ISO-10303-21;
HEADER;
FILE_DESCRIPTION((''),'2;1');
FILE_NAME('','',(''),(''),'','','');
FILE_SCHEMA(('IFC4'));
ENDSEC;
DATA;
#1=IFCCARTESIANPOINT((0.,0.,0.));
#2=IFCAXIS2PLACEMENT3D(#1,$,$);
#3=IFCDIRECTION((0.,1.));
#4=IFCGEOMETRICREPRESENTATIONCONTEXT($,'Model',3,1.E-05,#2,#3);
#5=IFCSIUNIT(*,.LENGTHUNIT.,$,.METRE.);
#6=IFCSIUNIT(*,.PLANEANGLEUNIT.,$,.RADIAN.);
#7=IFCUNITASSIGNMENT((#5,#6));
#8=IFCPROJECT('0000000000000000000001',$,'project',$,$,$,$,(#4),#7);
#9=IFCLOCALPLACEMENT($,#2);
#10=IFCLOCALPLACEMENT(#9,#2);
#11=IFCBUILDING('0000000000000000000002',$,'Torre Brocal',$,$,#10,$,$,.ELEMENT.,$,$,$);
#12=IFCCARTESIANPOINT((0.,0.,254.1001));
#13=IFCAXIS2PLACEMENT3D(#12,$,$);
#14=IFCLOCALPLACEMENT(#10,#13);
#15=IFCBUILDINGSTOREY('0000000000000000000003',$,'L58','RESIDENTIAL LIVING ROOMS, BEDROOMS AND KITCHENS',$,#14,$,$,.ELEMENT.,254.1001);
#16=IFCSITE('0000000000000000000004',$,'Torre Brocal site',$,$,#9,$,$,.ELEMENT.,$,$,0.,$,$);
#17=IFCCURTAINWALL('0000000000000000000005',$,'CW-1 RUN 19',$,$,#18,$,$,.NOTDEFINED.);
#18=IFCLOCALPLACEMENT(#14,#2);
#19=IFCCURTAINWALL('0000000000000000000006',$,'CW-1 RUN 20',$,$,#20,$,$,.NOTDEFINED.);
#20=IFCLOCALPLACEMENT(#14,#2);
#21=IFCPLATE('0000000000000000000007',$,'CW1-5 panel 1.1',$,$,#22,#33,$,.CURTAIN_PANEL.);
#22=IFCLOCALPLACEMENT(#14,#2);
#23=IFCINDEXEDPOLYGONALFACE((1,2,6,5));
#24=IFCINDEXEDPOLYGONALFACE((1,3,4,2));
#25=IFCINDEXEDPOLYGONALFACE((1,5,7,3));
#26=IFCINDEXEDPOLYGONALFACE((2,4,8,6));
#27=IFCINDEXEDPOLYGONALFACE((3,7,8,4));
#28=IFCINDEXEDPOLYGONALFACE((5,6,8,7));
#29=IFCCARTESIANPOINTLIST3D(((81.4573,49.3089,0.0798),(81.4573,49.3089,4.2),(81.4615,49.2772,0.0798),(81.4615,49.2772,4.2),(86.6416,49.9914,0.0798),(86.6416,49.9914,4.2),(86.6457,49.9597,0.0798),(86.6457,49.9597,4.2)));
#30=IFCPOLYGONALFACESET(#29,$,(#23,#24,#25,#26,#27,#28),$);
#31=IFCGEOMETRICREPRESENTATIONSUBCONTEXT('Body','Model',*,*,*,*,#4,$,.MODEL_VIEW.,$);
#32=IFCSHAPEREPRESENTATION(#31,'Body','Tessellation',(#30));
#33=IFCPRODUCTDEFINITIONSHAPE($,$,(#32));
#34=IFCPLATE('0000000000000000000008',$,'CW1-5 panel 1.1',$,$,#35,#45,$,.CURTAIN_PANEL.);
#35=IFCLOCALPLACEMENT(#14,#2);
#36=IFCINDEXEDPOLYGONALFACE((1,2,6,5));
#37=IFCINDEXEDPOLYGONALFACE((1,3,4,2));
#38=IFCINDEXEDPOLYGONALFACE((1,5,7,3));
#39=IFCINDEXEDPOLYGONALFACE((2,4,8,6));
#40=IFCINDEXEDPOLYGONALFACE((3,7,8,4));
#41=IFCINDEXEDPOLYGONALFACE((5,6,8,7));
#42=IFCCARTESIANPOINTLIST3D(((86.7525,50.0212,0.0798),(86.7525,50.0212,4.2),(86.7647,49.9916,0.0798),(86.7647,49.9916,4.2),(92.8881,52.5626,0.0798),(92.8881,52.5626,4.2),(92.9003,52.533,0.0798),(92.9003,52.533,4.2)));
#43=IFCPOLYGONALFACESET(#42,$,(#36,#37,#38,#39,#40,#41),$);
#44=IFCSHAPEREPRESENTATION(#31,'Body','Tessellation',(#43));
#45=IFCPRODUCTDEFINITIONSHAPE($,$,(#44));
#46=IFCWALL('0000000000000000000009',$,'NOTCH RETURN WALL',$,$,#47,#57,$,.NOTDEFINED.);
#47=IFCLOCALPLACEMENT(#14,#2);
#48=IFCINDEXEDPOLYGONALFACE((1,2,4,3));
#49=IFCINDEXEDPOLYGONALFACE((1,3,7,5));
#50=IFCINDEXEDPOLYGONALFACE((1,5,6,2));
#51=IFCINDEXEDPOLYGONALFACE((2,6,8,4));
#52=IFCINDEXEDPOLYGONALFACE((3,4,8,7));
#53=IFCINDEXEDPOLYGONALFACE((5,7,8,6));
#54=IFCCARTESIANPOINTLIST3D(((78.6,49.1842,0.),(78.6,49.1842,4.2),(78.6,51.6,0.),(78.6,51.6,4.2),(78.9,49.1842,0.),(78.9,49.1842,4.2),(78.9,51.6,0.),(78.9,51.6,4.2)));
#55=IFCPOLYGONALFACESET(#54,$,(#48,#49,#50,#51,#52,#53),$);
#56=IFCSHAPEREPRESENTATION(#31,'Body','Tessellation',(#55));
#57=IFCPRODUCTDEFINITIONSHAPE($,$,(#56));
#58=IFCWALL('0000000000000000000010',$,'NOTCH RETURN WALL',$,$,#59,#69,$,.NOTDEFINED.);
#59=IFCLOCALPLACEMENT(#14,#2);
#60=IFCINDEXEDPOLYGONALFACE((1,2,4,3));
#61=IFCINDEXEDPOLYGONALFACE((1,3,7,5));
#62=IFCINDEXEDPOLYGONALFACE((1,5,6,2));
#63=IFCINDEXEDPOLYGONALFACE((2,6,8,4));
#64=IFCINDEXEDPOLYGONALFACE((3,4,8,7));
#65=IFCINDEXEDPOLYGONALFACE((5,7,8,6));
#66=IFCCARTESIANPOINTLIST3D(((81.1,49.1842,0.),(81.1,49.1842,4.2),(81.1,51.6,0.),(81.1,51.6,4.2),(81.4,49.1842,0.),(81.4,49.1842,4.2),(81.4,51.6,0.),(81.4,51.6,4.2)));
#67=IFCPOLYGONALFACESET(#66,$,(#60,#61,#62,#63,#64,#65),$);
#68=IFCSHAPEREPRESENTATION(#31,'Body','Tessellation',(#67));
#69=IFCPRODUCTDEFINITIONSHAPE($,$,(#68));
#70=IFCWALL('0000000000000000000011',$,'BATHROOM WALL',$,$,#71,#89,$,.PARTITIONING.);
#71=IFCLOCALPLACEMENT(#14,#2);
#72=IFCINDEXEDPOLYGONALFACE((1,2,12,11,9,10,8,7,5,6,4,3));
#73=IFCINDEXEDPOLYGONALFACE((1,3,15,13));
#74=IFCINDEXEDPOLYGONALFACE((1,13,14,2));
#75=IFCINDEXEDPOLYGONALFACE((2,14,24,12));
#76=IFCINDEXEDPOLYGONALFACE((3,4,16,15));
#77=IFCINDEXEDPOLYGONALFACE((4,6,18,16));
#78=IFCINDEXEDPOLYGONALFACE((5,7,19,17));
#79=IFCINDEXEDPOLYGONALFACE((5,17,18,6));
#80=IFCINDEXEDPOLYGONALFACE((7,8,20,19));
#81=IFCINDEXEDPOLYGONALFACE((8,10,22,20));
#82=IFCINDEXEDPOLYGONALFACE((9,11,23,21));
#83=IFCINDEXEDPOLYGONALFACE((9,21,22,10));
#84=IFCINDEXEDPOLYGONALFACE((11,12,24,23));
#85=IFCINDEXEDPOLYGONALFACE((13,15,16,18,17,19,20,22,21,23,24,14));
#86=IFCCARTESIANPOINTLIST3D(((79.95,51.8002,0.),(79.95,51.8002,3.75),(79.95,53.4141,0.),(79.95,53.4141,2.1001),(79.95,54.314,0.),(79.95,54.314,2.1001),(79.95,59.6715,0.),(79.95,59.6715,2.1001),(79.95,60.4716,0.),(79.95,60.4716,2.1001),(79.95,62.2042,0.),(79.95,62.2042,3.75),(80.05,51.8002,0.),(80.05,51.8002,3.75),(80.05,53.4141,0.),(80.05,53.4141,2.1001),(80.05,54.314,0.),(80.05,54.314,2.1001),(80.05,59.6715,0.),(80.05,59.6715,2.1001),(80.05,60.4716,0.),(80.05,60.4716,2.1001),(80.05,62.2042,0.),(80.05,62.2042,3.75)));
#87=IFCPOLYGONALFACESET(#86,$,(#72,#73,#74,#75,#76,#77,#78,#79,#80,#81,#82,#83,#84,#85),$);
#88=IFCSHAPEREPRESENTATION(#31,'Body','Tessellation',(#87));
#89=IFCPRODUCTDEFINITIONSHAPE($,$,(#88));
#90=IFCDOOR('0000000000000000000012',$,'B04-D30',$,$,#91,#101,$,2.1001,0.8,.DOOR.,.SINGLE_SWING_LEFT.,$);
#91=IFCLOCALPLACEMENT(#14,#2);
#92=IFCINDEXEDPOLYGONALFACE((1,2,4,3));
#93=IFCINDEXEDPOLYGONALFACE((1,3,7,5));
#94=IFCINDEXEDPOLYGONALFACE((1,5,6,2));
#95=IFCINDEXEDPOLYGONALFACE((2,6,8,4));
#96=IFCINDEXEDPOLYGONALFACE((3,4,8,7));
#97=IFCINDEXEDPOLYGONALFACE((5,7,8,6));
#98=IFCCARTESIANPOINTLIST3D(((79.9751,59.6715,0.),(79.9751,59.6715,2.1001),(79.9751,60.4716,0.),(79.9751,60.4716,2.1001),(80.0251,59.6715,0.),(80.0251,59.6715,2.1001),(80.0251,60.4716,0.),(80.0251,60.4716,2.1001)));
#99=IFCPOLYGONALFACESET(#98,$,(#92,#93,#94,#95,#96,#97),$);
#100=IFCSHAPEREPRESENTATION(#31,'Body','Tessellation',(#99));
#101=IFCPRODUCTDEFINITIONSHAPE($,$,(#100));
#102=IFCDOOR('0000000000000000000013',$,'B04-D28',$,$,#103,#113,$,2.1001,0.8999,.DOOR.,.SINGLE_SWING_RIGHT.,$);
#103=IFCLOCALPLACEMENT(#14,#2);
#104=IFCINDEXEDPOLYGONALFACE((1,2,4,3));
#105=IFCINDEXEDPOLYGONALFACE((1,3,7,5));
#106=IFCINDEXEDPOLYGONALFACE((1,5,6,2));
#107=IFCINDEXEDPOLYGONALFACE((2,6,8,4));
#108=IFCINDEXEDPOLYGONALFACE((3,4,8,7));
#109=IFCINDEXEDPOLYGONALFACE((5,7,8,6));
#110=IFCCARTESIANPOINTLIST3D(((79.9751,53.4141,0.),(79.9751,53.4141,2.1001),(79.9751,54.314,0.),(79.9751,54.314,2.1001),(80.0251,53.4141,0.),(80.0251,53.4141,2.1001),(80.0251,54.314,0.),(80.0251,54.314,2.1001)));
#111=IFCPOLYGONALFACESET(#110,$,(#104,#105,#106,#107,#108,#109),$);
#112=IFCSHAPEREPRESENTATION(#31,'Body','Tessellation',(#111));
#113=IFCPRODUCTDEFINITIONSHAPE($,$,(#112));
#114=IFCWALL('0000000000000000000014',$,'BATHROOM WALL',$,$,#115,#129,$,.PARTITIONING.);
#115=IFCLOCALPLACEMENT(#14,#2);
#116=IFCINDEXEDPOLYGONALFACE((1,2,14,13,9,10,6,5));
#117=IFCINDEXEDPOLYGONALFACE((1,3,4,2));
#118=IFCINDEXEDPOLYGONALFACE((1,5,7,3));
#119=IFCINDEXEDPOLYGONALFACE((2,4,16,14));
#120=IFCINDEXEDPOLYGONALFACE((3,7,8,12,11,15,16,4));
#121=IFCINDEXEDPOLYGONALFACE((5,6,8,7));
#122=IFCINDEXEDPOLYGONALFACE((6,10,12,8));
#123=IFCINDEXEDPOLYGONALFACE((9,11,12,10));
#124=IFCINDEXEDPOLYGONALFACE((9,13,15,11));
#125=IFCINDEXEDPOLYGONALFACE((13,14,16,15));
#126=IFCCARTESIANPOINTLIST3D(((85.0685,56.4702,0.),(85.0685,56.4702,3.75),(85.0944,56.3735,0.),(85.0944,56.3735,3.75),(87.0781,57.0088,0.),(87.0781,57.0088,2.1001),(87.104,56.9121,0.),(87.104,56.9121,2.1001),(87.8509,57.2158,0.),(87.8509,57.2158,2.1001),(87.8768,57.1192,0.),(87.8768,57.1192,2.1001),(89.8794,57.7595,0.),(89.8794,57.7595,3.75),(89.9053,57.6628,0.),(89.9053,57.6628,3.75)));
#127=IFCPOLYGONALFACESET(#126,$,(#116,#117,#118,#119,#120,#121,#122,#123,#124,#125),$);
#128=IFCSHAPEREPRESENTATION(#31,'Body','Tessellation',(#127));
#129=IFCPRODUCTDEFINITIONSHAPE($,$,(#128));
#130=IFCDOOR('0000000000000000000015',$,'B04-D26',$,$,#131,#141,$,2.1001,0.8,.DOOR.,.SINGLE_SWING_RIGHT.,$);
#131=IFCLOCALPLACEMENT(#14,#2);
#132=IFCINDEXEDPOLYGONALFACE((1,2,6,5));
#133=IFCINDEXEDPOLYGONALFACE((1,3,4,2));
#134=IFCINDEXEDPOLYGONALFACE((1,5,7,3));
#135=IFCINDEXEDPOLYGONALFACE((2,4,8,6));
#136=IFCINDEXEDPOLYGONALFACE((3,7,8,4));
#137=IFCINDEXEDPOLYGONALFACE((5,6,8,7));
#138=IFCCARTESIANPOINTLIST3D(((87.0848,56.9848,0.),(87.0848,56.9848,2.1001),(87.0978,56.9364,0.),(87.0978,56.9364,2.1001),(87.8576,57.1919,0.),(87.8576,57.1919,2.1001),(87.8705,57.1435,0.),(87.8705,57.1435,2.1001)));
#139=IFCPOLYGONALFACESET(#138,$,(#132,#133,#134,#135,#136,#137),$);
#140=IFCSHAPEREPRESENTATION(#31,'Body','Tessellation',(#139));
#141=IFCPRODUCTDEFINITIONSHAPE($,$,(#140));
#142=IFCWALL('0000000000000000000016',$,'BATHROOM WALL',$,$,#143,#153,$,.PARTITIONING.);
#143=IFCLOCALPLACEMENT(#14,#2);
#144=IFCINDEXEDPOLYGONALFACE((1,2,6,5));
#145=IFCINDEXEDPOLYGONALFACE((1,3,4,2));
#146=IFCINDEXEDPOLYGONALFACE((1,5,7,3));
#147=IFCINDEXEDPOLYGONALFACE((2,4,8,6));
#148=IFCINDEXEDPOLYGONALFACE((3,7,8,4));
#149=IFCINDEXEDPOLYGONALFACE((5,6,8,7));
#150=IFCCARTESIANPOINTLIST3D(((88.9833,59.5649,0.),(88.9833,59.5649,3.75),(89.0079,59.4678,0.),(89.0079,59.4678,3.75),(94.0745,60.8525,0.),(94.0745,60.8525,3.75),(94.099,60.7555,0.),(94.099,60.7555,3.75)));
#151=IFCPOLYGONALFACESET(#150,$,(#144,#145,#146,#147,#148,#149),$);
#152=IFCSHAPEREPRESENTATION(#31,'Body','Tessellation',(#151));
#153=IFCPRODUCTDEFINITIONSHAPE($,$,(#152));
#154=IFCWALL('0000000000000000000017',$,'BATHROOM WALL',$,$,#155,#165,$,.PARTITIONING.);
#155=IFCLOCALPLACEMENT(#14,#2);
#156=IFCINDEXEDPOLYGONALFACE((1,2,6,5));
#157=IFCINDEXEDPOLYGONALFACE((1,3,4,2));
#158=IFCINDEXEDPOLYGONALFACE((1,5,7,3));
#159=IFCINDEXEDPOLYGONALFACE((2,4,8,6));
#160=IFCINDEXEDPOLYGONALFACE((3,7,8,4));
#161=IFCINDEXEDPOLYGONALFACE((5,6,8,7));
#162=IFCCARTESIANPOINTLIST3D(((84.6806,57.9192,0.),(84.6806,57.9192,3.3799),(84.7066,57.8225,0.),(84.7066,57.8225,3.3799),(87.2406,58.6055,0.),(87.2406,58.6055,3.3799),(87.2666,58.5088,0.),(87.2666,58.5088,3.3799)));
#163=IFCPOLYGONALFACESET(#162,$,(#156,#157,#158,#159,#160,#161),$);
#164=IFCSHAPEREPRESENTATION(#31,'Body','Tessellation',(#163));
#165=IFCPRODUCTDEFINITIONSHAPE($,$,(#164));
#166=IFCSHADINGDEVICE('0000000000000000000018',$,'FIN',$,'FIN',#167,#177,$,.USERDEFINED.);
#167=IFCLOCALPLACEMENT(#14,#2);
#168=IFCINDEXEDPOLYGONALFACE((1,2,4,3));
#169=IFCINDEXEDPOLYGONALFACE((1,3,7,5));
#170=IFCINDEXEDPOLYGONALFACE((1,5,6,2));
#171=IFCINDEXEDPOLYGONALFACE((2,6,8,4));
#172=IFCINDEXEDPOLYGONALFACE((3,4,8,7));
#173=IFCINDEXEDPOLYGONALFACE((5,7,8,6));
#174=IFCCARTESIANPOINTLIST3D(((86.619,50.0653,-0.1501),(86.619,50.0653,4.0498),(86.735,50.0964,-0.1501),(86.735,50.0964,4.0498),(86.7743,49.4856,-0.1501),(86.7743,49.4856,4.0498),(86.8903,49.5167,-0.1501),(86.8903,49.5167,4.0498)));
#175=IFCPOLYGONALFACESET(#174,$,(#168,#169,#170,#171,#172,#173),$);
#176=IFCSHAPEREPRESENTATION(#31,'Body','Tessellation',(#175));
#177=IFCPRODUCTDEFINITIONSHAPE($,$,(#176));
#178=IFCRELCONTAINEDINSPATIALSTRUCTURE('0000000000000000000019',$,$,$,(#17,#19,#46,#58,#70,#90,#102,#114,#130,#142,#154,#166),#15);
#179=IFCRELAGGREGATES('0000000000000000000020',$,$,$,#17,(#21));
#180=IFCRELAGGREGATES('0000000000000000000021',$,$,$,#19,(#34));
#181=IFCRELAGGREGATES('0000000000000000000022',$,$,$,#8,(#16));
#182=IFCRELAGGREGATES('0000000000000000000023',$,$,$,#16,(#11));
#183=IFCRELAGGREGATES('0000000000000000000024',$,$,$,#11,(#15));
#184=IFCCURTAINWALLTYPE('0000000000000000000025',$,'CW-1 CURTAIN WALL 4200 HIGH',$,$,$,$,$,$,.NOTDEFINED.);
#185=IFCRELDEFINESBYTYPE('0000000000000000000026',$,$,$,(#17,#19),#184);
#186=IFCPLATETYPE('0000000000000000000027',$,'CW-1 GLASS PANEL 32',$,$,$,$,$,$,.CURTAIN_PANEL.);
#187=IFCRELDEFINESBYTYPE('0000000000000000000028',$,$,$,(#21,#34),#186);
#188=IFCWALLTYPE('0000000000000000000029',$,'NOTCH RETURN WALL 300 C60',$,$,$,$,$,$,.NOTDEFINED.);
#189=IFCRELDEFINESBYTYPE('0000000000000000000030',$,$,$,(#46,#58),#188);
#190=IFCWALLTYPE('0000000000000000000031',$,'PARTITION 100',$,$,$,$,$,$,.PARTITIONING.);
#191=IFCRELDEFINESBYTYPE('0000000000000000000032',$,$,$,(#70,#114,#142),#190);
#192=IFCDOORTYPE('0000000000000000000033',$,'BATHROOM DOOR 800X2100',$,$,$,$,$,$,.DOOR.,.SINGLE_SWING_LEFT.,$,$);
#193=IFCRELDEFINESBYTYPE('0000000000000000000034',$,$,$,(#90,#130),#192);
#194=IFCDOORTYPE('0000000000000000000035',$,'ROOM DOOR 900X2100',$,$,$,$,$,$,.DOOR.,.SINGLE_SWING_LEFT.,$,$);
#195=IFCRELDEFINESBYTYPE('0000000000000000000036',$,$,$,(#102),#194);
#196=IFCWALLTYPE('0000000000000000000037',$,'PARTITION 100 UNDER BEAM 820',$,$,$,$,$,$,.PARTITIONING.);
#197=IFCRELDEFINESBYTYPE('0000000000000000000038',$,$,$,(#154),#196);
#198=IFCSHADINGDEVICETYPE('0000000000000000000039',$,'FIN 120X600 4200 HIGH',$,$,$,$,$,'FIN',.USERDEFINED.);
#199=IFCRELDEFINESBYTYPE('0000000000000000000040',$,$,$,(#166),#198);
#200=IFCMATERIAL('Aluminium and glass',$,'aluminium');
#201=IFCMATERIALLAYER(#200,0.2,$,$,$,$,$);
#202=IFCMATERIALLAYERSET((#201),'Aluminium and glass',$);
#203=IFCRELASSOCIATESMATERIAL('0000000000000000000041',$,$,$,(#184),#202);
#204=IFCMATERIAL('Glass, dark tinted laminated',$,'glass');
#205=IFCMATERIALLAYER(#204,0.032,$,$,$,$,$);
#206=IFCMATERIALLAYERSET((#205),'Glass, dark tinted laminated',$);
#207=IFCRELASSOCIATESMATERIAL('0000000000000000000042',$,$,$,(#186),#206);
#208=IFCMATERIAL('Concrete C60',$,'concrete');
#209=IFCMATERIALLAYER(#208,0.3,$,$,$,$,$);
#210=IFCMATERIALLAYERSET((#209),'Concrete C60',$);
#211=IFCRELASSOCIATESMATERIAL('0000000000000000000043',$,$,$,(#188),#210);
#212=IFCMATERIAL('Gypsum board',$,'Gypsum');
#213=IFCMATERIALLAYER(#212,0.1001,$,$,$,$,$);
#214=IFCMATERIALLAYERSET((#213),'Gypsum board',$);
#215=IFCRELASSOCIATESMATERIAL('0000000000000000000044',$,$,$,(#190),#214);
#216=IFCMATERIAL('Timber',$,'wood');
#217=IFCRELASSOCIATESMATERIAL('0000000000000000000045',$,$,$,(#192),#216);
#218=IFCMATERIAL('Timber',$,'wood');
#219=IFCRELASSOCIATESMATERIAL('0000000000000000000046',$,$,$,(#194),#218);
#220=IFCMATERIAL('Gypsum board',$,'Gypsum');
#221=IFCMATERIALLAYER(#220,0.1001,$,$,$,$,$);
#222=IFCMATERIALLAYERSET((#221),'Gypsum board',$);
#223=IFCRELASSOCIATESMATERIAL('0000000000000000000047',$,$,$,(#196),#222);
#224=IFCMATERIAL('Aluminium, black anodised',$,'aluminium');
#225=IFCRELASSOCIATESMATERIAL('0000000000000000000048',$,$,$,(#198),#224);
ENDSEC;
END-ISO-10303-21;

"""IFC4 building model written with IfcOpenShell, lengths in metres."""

from ifc_helpers import new_model, si_unit, direction, frame, frame_2d, origin, origin_2d, place, context, subcontext, project, spatial, rectangle, extrude, material, layer, layer_set, material_profile, profile_set, type_object, element, fill, aggregate, save


model = new_model("IFC4")

# Units and contexts
model_context = context("Model", 3, precision=1e-05, world=origin(), true_north=direction((0.0, 1.0)))
body_context = subcontext(model_context, "Body", "Model", "MODEL_VIEW")
ifc_project = project(units=[si_unit("LENGTHUNIT", "METRE"), si_unit("PLANEANGLEUNIT", "RADIAN")], contexts=[model_context])

# Site, building, storey
site_placement = place(None, origin())
site = spatial("IfcSite", under=ifc_project, at=site_placement, Name="Torre Brocal site", CompositionType="ELEMENT", RefElevation=0.0)
building_placement = place(site_placement, origin())
building = spatial("IfcBuilding", under=site, at=building_placement, Name="Torre Brocal", CompositionType="ELEMENT")
storey_placement = place(building_placement, frame((0.0, 0.0, 254.1001)))
storey = spatial("IfcBuildingStorey", under=building, at=storey_placement, Name="L58", Description="RESIDENTIAL LIVING ROOMS, BEDROOMS AND KITCHENS", CompositionType="ELEMENT", Elevation=254.1001)

# Curtain wall
ifc_material_1 = material(Name="Aluminium and glass", Category="aluminium")
ifc_layer_1 = layer(ifc_material_1, 0.2)
ifc_layer_set_1 = layer_set([ifc_layer_1], Name="Aluminium and glass")
curtain_wall_type = type_object("IfcCurtainWallType", Name="CW-1 CURTAIN WALL 4200 HIGH", PredefinedType="NOTDEFINED", material=ifc_layer_set_1)
curtain_wall_1_placement = place(storey_placement, origin())
curtain_wall_1 = element("IfcCurtainWall", 1, at=curtain_wall_1_placement, inside=storey, type_object=curtain_wall_type, Name="CW-1 RUN 19", PredefinedType="NOTDEFINED")

# Curtain wall
curtain_wall_2_placement = place(storey_placement, origin())
curtain_wall_2 = element("IfcCurtainWall", 2, at=curtain_wall_2_placement, inside=storey, type_object=curtain_wall_type, Name="CW-1 RUN 20", PredefinedType="NOTDEFINED")

# Plates
ifc_material_2 = material(Name="Glass, dark tinted laminated", Category="glass")
ifc_layer_2 = layer(ifc_material_2, 0.032)
ifc_layer_set_2 = layer_set([ifc_layer_2], Name="Glass, dark tinted laminated")
plate_type = type_object("IfcPlateType", Name="CW-1 GLASS PANEL 32", PredefinedType="CURTAIN_PANEL", material=ifc_layer_set_2)
plate_1_placement = place(storey_placement, frame((84.0515, 49.6343, 0.0798), z_axis=(0.0, 0.0, 1.0), x_axis=(0.991445, 0.130526, 0.0)))
plate_1 = element("IfcPlate", 3, at=plate_1_placement, type_object=plate_type, Name="CW1-5 panel 1.1", PredefinedType="CURTAIN_PANEL", context=body_context, shape_type="SweptSolid", body=[
    extrude(rectangle(XDim=5.229, YDim=0.032, at=origin_2d()), origin(), (0.0, 0.0, 1.0), 4.1201),
])
aggregate(curtain_wall_1, [plate_1])
plate_2_placement = place(storey_placement, frame((89.8264, 51.2771, 0.0798), z_axis=(0.0, 0.0, 1.0), x_axis=(0.92388, 0.382683, 0.0)))
plate_2 = element("IfcPlate", 4, at=plate_2_placement, type_object=plate_type, Name="CW1-5 panel 1.1", PredefinedType="CURTAIN_PANEL", context=body_context, shape_type="SweptSolid", body=[
    extrude(rectangle(XDim=6.6411, YDim=0.032, at=origin_2d()), origin(), (0.0, 0.0, 1.0), 4.1201),
])
aggregate(curtain_wall_2, [plate_2])

# Walls
ifc_material_3 = material(Name="Concrete C60", Category="concrete")
ifc_layer_3 = layer(ifc_material_3, 0.3)
ifc_layer_set_3 = layer_set([ifc_layer_3], Name="Concrete C60")
wall_type_1 = type_object("IfcWallType", Name="NOTCH RETURN WALL 300 C60", PredefinedType="NOTDEFINED", material=ifc_layer_set_3)
for number, where, z_axis, x_axis, name in (
    (5, (78.75, 51.6001, 0.0), (0.0, 0.0, 1.0), (0.0, -1.0, 0.0), "NOTCH RETURN WALL"),
    (6, (81.25, 51.6001, 0.0), (0.0, 0.0, 1.0), (0.0, -1.0, 0.0), "NOTCH RETURN WALL"),
):
    element("IfcWall", number, at=place(storey_placement, frame(where, z_axis=z_axis, x_axis=x_axis)), inside=storey, type_object=wall_type_1, Name=name, PredefinedType="NOTDEFINED", context=body_context, shape_type="SweptSolid", body=[
        extrude(rectangle(XDim=2.4158, YDim=0.3, at=frame_2d((1.208, 0.0))), origin(), (0.0, 0.0, 1.0), 4.2),
    ])

# Wall, openings, doors
ifc_material_4 = material(Name="Gypsum board", Category="Gypsum")
ifc_layer_4 = layer(ifc_material_4, 0.1001)
ifc_layer_set_4 = layer_set([ifc_layer_4], Name="Gypsum board")
wall_type_2 = type_object("IfcWallType", Name="PARTITION 100", PredefinedType="PARTITIONING", material=ifc_layer_set_4)
wall_1_placement = place(storey_placement, frame((80.0, 51.8, 0.0), z_axis=(0.0, 0.0, 1.0), x_axis=(0.0, 1.0, 0.0)))
wall_1 = element("IfcWall", 7, at=wall_1_placement, inside=storey, type_object=wall_type_2, Name="BATHROOM WALL", PredefinedType="PARTITIONING", context=body_context, shape_type="SweptSolid", body=[
    extrude(rectangle(XDim=10.4041, YDim=0.1001, at=frame_2d((5.2021, 0.0))), origin(), (0.0, 0.0, 1.0), 3.75),
])
opening_1_placement = place(wall_1_placement, frame((1.614, 0.0, 0.0)))
opening_1 = element("IfcOpeningElement", 8, at=opening_1_placement, cuts=wall_1, PredefinedType="OPENING", context=body_context, shape_type="SweptSolid", body=[
    extrude(rectangle(XDim=0.8999, YDim=2.1001, at=frame_2d((0.45, 1.05))), frame((0.0, 0.0601, 0.0), z_axis=(0.0, -1.0, 0.0), x_axis=(1.0, 0.0, 0.0)), (0.0, 0.0, 1.0), 0.1201),
])
opening_2_placement = place(wall_1_placement, frame((7.8716, 0.0, 0.0)))
opening_2 = element("IfcOpeningElement", 9, at=opening_2_placement, cuts=wall_1, PredefinedType="OPENING", context=body_context, shape_type="SweptSolid", body=[
    extrude(rectangle(XDim=0.8, YDim=2.1001, at=frame_2d((0.3999, 1.05))), frame((0.0, 0.0601, 0.0), z_axis=(0.0, -1.0, 0.0), x_axis=(1.0, 0.0, 0.0)), (0.0, 0.0, 1.0), 0.1201),
])
ifc_material_5 = material(Name="Timber", Category="wood")
door_type_1 = type_object("IfcDoorType", Name="BATHROOM DOOR 800X2100", OperationType="SINGLE_SWING_LEFT", PredefinedType="DOOR", material=ifc_material_5)
door_1_placement = place(opening_2_placement, origin())
door_1 = element("IfcDoor", 10, at=door_1_placement, inside=storey, type_object=door_type_1, Name="B04-D30", OperationType="SINGLE_SWING_LEFT", OverallHeight=2.1001, OverallWidth=0.8, PredefinedType="DOOR", context=body_context, shape_type="SweptSolid", body=[
    extrude(rectangle(XDim=0.8, YDim=2.1001, at=frame_2d((0.3999, 1.05))), frame((0.0, 0.0249, 0.0), z_axis=(0.0, -1.0, 0.0), x_axis=(1.0, 0.0, 0.0)), (0.0, 0.0, 1.0), 0.05),
])
fill(opening_2, door_1)
ifc_material_6 = material(Name="Timber", Category="wood")
door_type_2 = type_object("IfcDoorType", Name="ROOM DOOR 900X2100", OperationType="SINGLE_SWING_LEFT", PredefinedType="DOOR", material=ifc_material_6)
door_2_placement = place(opening_1_placement, origin())
door_2 = element("IfcDoor", 11, at=door_2_placement, inside=storey, type_object=door_type_2, Name="B04-D28", OperationType="SINGLE_SWING_RIGHT", OverallHeight=2.1001, OverallWidth=0.8999, PredefinedType="DOOR", context=body_context, shape_type="SweptSolid", body=[
    extrude(rectangle(XDim=0.8999, YDim=2.1001, at=frame_2d((0.45, 1.05))), frame((0.0, 0.0249, 0.0), z_axis=(0.0, -1.0, 0.0), x_axis=(1.0, 0.0, 0.0)), (0.0, 0.0, 1.0), 0.05),
])
fill(opening_1, door_2)

# Wall, opening, door
wall_2_placement = place(storey_placement, frame((85.0815, 56.4219, 0.0), z_axis=(0.0, 0.0, 1.0), x_axis=(0.965916, 0.258855, 0.0)))
wall_2 = element("IfcWall", 12, at=wall_2_placement, inside=storey, type_object=wall_type_2, Name="BATHROOM WALL", PredefinedType="PARTITIONING", context=body_context, shape_type="SweptSolid", body=[
    extrude(rectangle(XDim=4.9807, YDim=0.1001, at=frame_2d((2.4902, 0.0))), origin(), (0.0, 0.0, 1.0), 3.75),
])
opening_3_placement = place(wall_2_placement, frame((2.0806, 0.0, 0.0)))
opening_3 = element("IfcOpeningElement", 13, at=opening_3_placement, cuts=wall_2, PredefinedType="OPENING", context=body_context, shape_type="SweptSolid", body=[
    extrude(rectangle(XDim=0.8, YDim=2.1001, at=frame_2d((0.3999, 1.05))), frame((0.0, 0.0601, 0.0), z_axis=(0.0, -1.0, 0.0), x_axis=(1.0, 0.0, 0.0)), (0.0, 0.0, 1.0), 0.1201),
])
door_3_placement = place(opening_3_placement, frame((0.8, 0.0, 0.0), z_axis=(0.0, 0.0, 1.0), x_axis=(-1.0, 0.0, 0.0)))
door_3 = element("IfcDoor", 14, at=door_3_placement, inside=storey, type_object=door_type_1, Name="B04-D26", OperationType="SINGLE_SWING_RIGHT", OverallHeight=2.1001, OverallWidth=0.8, PredefinedType="DOOR", context=body_context, shape_type="SweptSolid", body=[
    extrude(rectangle(XDim=0.8, YDim=2.1001, at=frame_2d((0.3999, 1.05))), frame((0.0, 0.0249, 0.0), z_axis=(0.0, -1.0, 0.0), x_axis=(1.0, 0.0, 0.0)), (0.0, 0.0, 1.0), 0.05),
])
fill(opening_3, door_3)

# Walls
wall_3_placement = place(storey_placement, frame((88.9956, 59.5164, 0.0), z_axis=(0.0, 0.0, 1.0), x_axis=(0.969474, 0.245193, 0.0)))
element("IfcWall", 15, at=wall_3_placement, inside=storey, type_object=wall_type_2, Name="BATHROOM WALL", PredefinedType="PARTITIONING", context=body_context, shape_type="SweptSolid", body=[
    extrude(rectangle(XDim=5.2515, YDim=0.1001, at=frame_2d((2.6257, 0.0))), origin(), (0.0, 0.0, 1.0), 3.75),
])
ifc_material_7 = material(Name="Gypsum board", Category="Gypsum")
ifc_layer_5 = layer(ifc_material_7, 0.1001)
ifc_layer_set_5 = layer_set([ifc_layer_5], Name="Gypsum board")
wall_type_3 = type_object("IfcWallType", Name="PARTITION 100 UNDER BEAM 820", PredefinedType="PARTITIONING", material=ifc_layer_set_5)
wall_4_placement = place(storey_placement, frame((84.6936, 57.8708, 0.0), z_axis=(0.0, 0.0, 1.0), x_axis=(0.965896, 0.258929, 0.0)))
element("IfcWall", 16, at=wall_4_placement, inside=storey, type_object=wall_type_3, Name="BATHROOM WALL", PredefinedType="PARTITIONING", context=body_context, shape_type="SweptSolid", body=[
    extrude(rectangle(XDim=2.6504, YDim=0.1001, at=frame_2d((1.3252, 0.0))), origin(), (0.0, 0.0, 1.0), 3.3799),
])

# Shading device
ifc_material_8 = material(Name="Aluminium, black anodised", Category="aluminium")
ifc_material_profile_1 = material_profile(ifc_material_8, rectangle(XDim=0.1201, YDim=0.6001, at=origin_2d()), Name="FIN 120X600 4200 HIGH")
ifc_profile_set_1 = profile_set([ifc_material_profile_1], Name="Aluminium, black anodised")
shading_device_type = type_object("IfcShadingDeviceType", Name="FIN 120X600 4200 HIGH", ElementType="FIN", PredefinedType="USERDEFINED", material=ifc_profile_set_1)
shading_device_placement = place(storey_placement, frame((86.7546, 49.791, -0.1501), z_axis=(0.0, 0.0, 1.0), x_axis=(0.965926, 0.258819, 0.0)))
element("IfcShadingDevice", 17, at=shading_device_placement, inside=storey, type_object=shading_device_type, Name="FIN", ObjectType="FIN", PredefinedType="USERDEFINED", context=body_context, shape_type="SweptSolid", body=[
    extrude(rectangle(XDim=0.1201, YDim=0.6001, at=origin_2d()), origin(), (0.0, 0.0, 1.0), 4.2),
])

save(model, "model.ifc")
